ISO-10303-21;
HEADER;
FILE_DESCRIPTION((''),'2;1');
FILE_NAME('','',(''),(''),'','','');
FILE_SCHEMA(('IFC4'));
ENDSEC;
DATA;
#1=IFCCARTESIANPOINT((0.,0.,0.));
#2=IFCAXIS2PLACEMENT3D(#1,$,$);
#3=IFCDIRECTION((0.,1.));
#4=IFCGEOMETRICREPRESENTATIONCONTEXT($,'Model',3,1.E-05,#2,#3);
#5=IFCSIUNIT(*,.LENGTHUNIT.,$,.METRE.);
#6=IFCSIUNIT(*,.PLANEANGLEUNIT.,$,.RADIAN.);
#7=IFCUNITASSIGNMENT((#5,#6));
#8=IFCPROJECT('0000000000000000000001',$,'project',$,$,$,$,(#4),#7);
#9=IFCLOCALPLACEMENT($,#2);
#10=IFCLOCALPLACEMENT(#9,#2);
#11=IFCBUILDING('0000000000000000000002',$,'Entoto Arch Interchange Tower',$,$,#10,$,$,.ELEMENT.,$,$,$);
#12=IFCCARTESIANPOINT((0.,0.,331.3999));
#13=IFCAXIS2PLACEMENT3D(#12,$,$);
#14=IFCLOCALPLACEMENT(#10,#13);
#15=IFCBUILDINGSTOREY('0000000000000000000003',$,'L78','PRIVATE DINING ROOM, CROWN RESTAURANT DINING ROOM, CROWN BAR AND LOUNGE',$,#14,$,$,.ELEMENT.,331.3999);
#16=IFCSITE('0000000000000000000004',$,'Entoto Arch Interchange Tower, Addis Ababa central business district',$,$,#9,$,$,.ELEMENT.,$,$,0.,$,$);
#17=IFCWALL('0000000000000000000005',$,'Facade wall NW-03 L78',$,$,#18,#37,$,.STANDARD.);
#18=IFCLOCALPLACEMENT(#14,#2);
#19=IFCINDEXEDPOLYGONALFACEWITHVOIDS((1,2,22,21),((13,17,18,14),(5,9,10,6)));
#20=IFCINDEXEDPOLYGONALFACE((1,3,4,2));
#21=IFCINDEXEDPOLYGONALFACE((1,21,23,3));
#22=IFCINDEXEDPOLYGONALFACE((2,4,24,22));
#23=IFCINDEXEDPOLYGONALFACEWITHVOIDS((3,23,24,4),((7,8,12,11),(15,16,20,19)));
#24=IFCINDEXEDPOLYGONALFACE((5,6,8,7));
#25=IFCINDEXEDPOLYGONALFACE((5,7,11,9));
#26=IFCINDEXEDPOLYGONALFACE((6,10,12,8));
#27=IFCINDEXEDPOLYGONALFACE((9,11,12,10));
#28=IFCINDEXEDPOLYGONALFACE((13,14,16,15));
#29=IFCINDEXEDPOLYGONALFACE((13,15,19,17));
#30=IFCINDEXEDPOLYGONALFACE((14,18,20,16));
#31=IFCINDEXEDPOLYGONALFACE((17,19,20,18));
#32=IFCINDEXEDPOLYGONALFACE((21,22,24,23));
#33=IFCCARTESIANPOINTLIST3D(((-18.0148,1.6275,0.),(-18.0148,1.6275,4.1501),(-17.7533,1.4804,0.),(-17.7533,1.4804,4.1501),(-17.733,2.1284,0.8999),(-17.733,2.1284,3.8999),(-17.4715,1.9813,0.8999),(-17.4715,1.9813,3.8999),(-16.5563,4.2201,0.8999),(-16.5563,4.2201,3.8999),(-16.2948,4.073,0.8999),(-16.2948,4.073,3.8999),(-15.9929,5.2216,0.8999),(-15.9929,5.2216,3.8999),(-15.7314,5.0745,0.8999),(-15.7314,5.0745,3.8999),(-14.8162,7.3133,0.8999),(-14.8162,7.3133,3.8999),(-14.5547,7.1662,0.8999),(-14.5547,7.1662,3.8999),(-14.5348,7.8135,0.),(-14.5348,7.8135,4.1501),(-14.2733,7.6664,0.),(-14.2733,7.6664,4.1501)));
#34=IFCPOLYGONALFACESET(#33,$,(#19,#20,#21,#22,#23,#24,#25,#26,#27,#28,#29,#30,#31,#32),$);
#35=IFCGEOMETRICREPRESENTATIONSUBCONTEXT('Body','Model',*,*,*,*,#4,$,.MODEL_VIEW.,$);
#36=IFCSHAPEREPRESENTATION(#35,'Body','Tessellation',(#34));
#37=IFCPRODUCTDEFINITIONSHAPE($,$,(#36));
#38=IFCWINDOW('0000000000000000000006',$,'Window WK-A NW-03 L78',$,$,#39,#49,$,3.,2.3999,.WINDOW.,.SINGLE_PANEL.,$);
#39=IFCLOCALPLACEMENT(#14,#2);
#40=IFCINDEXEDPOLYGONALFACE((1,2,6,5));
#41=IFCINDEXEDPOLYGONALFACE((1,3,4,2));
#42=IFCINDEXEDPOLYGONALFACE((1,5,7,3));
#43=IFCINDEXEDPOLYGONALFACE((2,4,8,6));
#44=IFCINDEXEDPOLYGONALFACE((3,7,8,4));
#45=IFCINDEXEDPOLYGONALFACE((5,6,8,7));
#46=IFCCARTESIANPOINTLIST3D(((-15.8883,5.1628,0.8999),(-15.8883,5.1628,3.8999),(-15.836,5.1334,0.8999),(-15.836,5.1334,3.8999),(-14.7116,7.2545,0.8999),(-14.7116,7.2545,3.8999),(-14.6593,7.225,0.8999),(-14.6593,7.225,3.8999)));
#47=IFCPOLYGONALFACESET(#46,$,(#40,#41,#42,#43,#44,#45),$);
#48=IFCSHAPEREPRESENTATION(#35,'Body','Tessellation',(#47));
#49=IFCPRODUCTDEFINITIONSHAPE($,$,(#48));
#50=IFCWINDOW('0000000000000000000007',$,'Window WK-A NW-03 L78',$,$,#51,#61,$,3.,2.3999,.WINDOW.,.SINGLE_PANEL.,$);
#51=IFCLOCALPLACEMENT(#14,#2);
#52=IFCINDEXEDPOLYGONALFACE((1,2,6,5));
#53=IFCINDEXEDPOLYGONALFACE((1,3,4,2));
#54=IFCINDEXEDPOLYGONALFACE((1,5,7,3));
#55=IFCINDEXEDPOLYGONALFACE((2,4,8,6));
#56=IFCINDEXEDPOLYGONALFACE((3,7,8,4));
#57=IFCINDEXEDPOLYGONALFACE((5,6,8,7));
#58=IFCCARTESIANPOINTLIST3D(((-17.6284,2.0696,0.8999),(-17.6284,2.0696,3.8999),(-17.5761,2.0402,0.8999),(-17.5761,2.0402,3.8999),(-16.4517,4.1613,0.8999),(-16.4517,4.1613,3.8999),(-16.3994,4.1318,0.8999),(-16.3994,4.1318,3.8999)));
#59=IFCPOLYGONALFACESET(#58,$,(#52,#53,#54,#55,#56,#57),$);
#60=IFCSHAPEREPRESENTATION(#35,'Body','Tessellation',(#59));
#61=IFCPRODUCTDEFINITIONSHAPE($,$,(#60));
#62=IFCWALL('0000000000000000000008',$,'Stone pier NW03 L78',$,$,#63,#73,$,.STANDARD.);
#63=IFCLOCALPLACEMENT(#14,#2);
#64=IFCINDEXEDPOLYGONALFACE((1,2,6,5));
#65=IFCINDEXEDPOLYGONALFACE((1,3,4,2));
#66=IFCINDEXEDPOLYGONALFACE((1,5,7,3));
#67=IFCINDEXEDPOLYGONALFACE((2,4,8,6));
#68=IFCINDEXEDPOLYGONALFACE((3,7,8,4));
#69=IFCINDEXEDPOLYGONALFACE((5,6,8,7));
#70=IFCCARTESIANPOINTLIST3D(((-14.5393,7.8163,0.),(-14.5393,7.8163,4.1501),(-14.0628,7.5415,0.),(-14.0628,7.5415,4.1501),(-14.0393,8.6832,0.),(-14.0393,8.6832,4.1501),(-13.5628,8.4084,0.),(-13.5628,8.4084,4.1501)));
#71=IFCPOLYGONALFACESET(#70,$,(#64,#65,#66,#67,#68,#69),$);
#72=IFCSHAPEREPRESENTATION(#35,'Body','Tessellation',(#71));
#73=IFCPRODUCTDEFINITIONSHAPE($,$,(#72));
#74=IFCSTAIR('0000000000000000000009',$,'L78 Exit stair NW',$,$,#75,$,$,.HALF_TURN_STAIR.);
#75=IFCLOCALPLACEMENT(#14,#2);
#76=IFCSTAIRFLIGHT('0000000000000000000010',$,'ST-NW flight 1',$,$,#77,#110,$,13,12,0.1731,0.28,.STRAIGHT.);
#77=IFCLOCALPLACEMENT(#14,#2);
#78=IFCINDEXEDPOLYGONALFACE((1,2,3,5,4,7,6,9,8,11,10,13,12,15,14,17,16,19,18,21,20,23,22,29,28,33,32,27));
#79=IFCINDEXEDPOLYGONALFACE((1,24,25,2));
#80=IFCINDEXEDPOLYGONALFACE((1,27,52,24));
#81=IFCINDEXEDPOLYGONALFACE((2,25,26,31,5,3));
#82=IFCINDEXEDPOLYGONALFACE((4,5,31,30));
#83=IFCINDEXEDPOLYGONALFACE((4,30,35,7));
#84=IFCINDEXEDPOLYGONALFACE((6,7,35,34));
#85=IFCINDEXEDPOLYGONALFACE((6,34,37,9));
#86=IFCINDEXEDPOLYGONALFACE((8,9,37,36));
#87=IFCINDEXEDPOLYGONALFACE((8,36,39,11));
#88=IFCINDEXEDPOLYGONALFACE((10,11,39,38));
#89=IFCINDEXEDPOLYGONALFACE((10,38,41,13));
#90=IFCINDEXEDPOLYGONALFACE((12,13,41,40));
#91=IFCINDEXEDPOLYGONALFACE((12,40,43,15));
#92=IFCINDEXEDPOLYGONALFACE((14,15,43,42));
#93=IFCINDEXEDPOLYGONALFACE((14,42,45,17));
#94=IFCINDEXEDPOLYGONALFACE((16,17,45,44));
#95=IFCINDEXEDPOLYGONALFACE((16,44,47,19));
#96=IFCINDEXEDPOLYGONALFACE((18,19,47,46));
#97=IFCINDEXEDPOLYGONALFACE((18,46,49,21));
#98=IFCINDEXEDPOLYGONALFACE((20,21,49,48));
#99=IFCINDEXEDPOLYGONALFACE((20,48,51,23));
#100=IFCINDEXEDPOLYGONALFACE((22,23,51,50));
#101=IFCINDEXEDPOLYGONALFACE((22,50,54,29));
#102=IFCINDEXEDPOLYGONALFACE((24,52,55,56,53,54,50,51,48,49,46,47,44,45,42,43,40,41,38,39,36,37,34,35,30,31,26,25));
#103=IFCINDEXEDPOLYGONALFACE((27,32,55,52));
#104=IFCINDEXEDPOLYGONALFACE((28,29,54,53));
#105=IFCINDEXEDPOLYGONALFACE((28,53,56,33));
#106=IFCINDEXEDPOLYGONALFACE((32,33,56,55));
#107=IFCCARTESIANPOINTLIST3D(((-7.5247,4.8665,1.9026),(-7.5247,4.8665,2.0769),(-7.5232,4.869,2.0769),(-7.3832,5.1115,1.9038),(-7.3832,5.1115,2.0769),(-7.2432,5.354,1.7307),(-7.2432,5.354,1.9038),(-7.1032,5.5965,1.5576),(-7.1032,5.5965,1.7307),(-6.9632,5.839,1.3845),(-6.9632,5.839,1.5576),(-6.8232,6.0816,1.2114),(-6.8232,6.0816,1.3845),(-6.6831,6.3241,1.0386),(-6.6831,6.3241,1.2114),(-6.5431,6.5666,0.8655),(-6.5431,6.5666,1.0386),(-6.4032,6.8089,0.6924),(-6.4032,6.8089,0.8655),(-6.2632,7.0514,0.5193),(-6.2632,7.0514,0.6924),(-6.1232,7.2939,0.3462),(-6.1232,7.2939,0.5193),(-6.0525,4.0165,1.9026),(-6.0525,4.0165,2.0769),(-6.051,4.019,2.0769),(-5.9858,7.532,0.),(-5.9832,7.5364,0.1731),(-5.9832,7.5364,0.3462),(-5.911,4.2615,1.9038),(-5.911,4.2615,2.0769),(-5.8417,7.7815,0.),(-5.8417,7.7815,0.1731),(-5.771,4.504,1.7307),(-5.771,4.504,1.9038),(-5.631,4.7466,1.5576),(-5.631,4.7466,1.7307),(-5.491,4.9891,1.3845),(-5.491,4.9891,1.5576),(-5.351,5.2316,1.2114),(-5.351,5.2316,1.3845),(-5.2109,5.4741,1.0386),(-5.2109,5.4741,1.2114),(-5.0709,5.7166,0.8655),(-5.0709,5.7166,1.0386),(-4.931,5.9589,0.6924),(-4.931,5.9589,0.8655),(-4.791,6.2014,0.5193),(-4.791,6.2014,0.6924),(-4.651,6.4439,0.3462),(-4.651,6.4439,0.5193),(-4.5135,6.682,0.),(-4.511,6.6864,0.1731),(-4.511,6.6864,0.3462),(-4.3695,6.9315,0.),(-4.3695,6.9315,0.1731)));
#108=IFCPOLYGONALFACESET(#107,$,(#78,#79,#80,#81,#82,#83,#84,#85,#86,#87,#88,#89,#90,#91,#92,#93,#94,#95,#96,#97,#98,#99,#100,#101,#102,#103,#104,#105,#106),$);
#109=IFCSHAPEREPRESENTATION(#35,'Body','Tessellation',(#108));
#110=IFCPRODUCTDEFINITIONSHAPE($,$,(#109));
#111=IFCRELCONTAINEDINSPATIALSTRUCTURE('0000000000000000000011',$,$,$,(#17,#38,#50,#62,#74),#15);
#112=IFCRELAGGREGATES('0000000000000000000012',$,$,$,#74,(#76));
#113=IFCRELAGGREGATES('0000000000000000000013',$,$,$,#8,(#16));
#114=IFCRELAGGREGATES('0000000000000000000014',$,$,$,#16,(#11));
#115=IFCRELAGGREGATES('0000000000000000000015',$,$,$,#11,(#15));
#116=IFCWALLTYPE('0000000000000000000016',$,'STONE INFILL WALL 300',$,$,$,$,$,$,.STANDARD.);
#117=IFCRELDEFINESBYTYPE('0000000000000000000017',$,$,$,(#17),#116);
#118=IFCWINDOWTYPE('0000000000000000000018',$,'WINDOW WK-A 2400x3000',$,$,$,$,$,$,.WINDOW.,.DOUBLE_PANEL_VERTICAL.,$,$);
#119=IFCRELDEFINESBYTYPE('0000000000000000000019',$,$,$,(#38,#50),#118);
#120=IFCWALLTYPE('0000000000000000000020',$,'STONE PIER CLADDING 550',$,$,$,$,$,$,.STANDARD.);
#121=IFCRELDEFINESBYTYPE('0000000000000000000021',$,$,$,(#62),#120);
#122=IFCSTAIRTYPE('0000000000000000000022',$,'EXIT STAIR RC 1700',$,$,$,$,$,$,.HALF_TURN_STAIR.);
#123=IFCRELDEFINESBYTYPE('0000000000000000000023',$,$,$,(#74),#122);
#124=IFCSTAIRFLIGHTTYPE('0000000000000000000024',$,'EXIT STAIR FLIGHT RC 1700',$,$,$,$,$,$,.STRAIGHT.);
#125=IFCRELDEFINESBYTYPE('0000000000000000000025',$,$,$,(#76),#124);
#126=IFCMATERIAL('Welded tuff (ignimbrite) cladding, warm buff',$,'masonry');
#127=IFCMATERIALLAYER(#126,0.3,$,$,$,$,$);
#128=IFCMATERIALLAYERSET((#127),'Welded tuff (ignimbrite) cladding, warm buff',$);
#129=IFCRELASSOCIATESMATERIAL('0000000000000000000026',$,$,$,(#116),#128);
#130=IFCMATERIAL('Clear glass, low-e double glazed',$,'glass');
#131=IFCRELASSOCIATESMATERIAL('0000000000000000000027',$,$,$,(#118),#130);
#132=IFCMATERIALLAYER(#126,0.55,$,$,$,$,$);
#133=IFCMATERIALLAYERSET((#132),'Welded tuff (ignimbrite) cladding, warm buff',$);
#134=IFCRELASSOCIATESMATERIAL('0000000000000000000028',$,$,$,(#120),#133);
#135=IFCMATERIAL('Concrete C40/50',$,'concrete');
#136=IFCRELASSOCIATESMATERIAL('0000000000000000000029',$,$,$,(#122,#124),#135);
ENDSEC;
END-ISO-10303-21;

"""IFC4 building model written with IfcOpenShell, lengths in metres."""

from ifc_helpers import new_model, si_unit, direction, frame, frame_2d, origin, place, context, subcontext, project, spatial, polyline, rectangle, outline, extrude, material, layer, layer_set, type_object, element, fill, aggregate, save


model = new_model("IFC4")

# Units and contexts
model_context = context("Model", 3, precision=1e-05, world=origin(), true_north=direction((0.0, 1.0)))
body_context = subcontext(model_context, "Body", "Model", "MODEL_VIEW")
ifc_project = project(units=[si_unit("LENGTHUNIT", "METRE"), si_unit("PLANEANGLEUNIT", "RADIAN")], contexts=[model_context])

# Site, building, storey
site_placement = place(None, origin())
site = spatial("IfcSite", under=ifc_project, at=site_placement, Name="Entoto Arch Interchange Tower, Addis Ababa central business district", CompositionType="ELEMENT", RefElevation=0.0)
building_placement = place(site_placement, origin())
building = spatial("IfcBuilding", under=site, at=building_placement, Name="Entoto Arch Interchange Tower", CompositionType="ELEMENT")
storey_placement = place(building_placement, frame((0.0, 0.0, 331.3999)))
storey = spatial("IfcBuildingStorey", under=building, at=storey_placement, Name="L78", Description="PRIVATE DINING ROOM, CROWN RESTAURANT DINING ROOM, CROWN BAR AND LOUNGE", CompositionType="ELEMENT", Elevation=331.3999)

# Shared definitions
ifc_material_1 = material(Name="Concrete C40/50", Category="concrete")

# Wall, openings, windows
ifc_material_2 = material(Name="Welded tuff (ignimbrite) cladding, warm buff", Category="masonry")
ifc_layer_1 = layer(ifc_material_2, 0.3)
ifc_layer_set_1 = layer_set([ifc_layer_1], Name="Welded tuff (ignimbrite) cladding, warm buff")
wall_type_1 = type_object("IfcWallType", Name="STONE INFILL WALL 300", PredefinedType="STANDARD", material=ifc_layer_set_1)
wall_1_placement = place(storey_placement, frame((-14.4041, 7.74, 0.0), z_axis=(0.0, 0.0, 1.0), x_axis=(-0.490297, -0.871555, 0.0)))
wall_1 = element("IfcWall", 1, at=wall_1_placement, inside=storey, type_object=wall_type_1, Name="Facade wall NW-03 L78", PredefinedType="STANDARD", context=body_context, shape_type="SweptSolid", body=[
    extrude(rectangle(XDim=7.0977, YDim=0.3, at=frame_2d((3.5488, 0.0))), origin(), (0.0, 0.0, 1.0), 4.1501),
])
opening_1_placement = place(wall_1_placement, frame((0.574, 0.0, 0.8999)))
opening_1 = element("IfcOpeningElement", 2, at=opening_1_placement, cuts=wall_1, PredefinedType="OPENING", context=body_context, shape_type="SweptSolid", body=[
    extrude(rectangle(XDim=2.3999, YDim=3.0, at=frame_2d((1.2, 1.5))), frame((0.0, 0.1602, 0.0), z_axis=(0.0, -1.0, 0.0), x_axis=(1.0, 0.0, 0.0)), (0.0, 0.0, 1.0), 0.3201),
])
opening_2_placement = place(wall_1_placement, frame((4.123, 0.0, 0.8999)))
opening_2 = element("IfcOpeningElement", 3, at=opening_2_placement, cuts=wall_1, PredefinedType="OPENING", context=body_context, shape_type="SweptSolid", body=[
    extrude(rectangle(XDim=2.3999, YDim=3.0, at=frame_2d((1.2, 1.5))), frame((0.0, 0.1602, 0.0), z_axis=(0.0, -1.0, 0.0), x_axis=(1.0, 0.0, 0.0)), (0.0, 0.0, 1.0), 0.3201),
])
ifc_material_3 = material(Name="Clear glass, low-e double glazed", Category="glass")
window_type = type_object("IfcWindowType", Name="WINDOW WK-A 2400x3000", PartitioningType="DOUBLE_PANEL_VERTICAL", PredefinedType="WINDOW", material=ifc_material_3)
window_1_placement = place(opening_1_placement, origin())
window_1 = element("IfcWindow", 4, at=window_1_placement, inside=storey, type_object=window_type, Name="Window WK-A NW-03 L78", OverallHeight=3.0, OverallWidth=2.3999, PartitioningType="SINGLE_PANEL", PredefinedType="WINDOW", context=body_context, shape_type="SweptSolid", body=[
    extrude(rectangle(XDim=2.3999, YDim=3.0, at=frame_2d((1.2, 1.5))), frame((0.0, 0.03, 0.0), z_axis=(0.0, -1.0, 0.0), x_axis=(1.0, 0.0, 0.0)), (0.0, 0.0, 1.0), 0.0601),
])
fill(opening_1, window_1)
window_2_placement = place(opening_2_placement, origin())
window_2 = element("IfcWindow", 5, at=window_2_placement, inside=storey, type_object=window_type, Name="Window WK-A NW-03 L78", OverallHeight=3.0, OverallWidth=2.3999, PartitioningType="SINGLE_PANEL", PredefinedType="WINDOW", context=body_context, shape_type="SweptSolid", body=[
    extrude(rectangle(XDim=2.3999, YDim=3.0, at=frame_2d((1.2, 1.5))), frame((0.0, 0.03, 0.0), z_axis=(0.0, -1.0, 0.0), x_axis=(1.0, 0.0, 0.0)), (0.0, 0.0, 1.0), 0.0601),
])
fill(opening_2, window_2)

# Wall
ifc_layer_2 = layer(ifc_material_2, 0.55)
ifc_layer_set_2 = layer_set([ifc_layer_2], Name="Welded tuff (ignimbrite) cladding, warm buff")
wall_type_2 = type_object("IfcWallType", Name="STONE PIER CLADDING 550", PredefinedType="STANDARD", material=ifc_layer_set_2)
wall_2_placement = place(storey_placement, frame((-13.801, 8.5459, 0.0), z_axis=(0.0, 0.0, 1.0), x_axis=(-0.499603, -0.866255, 0.0)))
element("IfcWall", 6, at=wall_2_placement, inside=storey, type_object=wall_type_2, Name="Stone pier NW03 L78", PredefinedType="STANDARD", context=body_context, shape_type="SweptSolid", body=[
    extrude(rectangle(XDim=1.0007, YDim=0.55, at=frame_2d((0.5005, 0.0))), origin(), (0.0, 0.0, 1.0), 4.1501),
])

# Stair, stair flight
stair_type = type_object("IfcStairType", Name="EXIT STAIR RC 1700", PredefinedType="HALF_TURN_STAIR", material=ifc_material_1)
stair_placement = place(storey_placement, origin())
stair = element("IfcStair", 7, at=stair_placement, inside=storey, type_object=stair_type, Name="L78 Exit stair NW", PredefinedType="HALF_TURN_STAIR")
stair_flight_type = type_object("IfcStairFlightType", Name="EXIT STAIR FLIGHT RC 1700", PredefinedType="STRAIGHT", material=ifc_material_1)
stair_flight_placement = place(storey_placement, frame((-5.1072, 7.354, 0.0), z_axis=(0.0, 0.0, 1.0), x_axis=(-0.5, -0.866025, 0.0)))
stair_flight = element("IfcStairFlight", 8, at=stair_flight_placement, type_object=stair_flight_type, Name="ST-NW flight 1", NumberOfRisers=13, NumberOfTreads=12, PredefinedType="STRAIGHT", RiserHeight=0.1731, TreadLength=0.28, context=body_context, shape_type="SweptSolid", body=[
    extrude(outline(polyline([(-0.0029, 0.0), (-0.0029, 0.1731), (0.28, 0.1731), (0.28, 0.3462), (0.5601, 0.3462), (0.5601, 0.5193), (0.8401, 0.5193), (0.8401, 0.6924), (1.1201, 0.6924), (1.1201, 0.8655), (1.3999, 0.8655), (1.3999, 1.0386), (1.6799, 1.0386), (1.6799, 1.2114), (1.96, 1.2114), (1.96, 1.3845), (2.24, 1.3845), (2.24, 1.5576), (2.52, 1.5576), (2.52, 1.7307), (2.8, 1.7307), (2.8, 1.9038), (3.0801, 1.9038), (3.0801, 2.0769), (3.3601, 2.0769), (3.363, 2.0769), (3.363, 1.9026), (0.2852, 0.0), (-0.0029, 0.0)])), frame((0.0, 0.8501, 0.0), z_axis=(0.0, -1.0, 0.0), x_axis=(1.0, 0.0, 0.0)), (0.0, 0.0, 1.0), 1.7),
])
aggregate(stair, [stair_flight])

save(model, "model.ifc")
